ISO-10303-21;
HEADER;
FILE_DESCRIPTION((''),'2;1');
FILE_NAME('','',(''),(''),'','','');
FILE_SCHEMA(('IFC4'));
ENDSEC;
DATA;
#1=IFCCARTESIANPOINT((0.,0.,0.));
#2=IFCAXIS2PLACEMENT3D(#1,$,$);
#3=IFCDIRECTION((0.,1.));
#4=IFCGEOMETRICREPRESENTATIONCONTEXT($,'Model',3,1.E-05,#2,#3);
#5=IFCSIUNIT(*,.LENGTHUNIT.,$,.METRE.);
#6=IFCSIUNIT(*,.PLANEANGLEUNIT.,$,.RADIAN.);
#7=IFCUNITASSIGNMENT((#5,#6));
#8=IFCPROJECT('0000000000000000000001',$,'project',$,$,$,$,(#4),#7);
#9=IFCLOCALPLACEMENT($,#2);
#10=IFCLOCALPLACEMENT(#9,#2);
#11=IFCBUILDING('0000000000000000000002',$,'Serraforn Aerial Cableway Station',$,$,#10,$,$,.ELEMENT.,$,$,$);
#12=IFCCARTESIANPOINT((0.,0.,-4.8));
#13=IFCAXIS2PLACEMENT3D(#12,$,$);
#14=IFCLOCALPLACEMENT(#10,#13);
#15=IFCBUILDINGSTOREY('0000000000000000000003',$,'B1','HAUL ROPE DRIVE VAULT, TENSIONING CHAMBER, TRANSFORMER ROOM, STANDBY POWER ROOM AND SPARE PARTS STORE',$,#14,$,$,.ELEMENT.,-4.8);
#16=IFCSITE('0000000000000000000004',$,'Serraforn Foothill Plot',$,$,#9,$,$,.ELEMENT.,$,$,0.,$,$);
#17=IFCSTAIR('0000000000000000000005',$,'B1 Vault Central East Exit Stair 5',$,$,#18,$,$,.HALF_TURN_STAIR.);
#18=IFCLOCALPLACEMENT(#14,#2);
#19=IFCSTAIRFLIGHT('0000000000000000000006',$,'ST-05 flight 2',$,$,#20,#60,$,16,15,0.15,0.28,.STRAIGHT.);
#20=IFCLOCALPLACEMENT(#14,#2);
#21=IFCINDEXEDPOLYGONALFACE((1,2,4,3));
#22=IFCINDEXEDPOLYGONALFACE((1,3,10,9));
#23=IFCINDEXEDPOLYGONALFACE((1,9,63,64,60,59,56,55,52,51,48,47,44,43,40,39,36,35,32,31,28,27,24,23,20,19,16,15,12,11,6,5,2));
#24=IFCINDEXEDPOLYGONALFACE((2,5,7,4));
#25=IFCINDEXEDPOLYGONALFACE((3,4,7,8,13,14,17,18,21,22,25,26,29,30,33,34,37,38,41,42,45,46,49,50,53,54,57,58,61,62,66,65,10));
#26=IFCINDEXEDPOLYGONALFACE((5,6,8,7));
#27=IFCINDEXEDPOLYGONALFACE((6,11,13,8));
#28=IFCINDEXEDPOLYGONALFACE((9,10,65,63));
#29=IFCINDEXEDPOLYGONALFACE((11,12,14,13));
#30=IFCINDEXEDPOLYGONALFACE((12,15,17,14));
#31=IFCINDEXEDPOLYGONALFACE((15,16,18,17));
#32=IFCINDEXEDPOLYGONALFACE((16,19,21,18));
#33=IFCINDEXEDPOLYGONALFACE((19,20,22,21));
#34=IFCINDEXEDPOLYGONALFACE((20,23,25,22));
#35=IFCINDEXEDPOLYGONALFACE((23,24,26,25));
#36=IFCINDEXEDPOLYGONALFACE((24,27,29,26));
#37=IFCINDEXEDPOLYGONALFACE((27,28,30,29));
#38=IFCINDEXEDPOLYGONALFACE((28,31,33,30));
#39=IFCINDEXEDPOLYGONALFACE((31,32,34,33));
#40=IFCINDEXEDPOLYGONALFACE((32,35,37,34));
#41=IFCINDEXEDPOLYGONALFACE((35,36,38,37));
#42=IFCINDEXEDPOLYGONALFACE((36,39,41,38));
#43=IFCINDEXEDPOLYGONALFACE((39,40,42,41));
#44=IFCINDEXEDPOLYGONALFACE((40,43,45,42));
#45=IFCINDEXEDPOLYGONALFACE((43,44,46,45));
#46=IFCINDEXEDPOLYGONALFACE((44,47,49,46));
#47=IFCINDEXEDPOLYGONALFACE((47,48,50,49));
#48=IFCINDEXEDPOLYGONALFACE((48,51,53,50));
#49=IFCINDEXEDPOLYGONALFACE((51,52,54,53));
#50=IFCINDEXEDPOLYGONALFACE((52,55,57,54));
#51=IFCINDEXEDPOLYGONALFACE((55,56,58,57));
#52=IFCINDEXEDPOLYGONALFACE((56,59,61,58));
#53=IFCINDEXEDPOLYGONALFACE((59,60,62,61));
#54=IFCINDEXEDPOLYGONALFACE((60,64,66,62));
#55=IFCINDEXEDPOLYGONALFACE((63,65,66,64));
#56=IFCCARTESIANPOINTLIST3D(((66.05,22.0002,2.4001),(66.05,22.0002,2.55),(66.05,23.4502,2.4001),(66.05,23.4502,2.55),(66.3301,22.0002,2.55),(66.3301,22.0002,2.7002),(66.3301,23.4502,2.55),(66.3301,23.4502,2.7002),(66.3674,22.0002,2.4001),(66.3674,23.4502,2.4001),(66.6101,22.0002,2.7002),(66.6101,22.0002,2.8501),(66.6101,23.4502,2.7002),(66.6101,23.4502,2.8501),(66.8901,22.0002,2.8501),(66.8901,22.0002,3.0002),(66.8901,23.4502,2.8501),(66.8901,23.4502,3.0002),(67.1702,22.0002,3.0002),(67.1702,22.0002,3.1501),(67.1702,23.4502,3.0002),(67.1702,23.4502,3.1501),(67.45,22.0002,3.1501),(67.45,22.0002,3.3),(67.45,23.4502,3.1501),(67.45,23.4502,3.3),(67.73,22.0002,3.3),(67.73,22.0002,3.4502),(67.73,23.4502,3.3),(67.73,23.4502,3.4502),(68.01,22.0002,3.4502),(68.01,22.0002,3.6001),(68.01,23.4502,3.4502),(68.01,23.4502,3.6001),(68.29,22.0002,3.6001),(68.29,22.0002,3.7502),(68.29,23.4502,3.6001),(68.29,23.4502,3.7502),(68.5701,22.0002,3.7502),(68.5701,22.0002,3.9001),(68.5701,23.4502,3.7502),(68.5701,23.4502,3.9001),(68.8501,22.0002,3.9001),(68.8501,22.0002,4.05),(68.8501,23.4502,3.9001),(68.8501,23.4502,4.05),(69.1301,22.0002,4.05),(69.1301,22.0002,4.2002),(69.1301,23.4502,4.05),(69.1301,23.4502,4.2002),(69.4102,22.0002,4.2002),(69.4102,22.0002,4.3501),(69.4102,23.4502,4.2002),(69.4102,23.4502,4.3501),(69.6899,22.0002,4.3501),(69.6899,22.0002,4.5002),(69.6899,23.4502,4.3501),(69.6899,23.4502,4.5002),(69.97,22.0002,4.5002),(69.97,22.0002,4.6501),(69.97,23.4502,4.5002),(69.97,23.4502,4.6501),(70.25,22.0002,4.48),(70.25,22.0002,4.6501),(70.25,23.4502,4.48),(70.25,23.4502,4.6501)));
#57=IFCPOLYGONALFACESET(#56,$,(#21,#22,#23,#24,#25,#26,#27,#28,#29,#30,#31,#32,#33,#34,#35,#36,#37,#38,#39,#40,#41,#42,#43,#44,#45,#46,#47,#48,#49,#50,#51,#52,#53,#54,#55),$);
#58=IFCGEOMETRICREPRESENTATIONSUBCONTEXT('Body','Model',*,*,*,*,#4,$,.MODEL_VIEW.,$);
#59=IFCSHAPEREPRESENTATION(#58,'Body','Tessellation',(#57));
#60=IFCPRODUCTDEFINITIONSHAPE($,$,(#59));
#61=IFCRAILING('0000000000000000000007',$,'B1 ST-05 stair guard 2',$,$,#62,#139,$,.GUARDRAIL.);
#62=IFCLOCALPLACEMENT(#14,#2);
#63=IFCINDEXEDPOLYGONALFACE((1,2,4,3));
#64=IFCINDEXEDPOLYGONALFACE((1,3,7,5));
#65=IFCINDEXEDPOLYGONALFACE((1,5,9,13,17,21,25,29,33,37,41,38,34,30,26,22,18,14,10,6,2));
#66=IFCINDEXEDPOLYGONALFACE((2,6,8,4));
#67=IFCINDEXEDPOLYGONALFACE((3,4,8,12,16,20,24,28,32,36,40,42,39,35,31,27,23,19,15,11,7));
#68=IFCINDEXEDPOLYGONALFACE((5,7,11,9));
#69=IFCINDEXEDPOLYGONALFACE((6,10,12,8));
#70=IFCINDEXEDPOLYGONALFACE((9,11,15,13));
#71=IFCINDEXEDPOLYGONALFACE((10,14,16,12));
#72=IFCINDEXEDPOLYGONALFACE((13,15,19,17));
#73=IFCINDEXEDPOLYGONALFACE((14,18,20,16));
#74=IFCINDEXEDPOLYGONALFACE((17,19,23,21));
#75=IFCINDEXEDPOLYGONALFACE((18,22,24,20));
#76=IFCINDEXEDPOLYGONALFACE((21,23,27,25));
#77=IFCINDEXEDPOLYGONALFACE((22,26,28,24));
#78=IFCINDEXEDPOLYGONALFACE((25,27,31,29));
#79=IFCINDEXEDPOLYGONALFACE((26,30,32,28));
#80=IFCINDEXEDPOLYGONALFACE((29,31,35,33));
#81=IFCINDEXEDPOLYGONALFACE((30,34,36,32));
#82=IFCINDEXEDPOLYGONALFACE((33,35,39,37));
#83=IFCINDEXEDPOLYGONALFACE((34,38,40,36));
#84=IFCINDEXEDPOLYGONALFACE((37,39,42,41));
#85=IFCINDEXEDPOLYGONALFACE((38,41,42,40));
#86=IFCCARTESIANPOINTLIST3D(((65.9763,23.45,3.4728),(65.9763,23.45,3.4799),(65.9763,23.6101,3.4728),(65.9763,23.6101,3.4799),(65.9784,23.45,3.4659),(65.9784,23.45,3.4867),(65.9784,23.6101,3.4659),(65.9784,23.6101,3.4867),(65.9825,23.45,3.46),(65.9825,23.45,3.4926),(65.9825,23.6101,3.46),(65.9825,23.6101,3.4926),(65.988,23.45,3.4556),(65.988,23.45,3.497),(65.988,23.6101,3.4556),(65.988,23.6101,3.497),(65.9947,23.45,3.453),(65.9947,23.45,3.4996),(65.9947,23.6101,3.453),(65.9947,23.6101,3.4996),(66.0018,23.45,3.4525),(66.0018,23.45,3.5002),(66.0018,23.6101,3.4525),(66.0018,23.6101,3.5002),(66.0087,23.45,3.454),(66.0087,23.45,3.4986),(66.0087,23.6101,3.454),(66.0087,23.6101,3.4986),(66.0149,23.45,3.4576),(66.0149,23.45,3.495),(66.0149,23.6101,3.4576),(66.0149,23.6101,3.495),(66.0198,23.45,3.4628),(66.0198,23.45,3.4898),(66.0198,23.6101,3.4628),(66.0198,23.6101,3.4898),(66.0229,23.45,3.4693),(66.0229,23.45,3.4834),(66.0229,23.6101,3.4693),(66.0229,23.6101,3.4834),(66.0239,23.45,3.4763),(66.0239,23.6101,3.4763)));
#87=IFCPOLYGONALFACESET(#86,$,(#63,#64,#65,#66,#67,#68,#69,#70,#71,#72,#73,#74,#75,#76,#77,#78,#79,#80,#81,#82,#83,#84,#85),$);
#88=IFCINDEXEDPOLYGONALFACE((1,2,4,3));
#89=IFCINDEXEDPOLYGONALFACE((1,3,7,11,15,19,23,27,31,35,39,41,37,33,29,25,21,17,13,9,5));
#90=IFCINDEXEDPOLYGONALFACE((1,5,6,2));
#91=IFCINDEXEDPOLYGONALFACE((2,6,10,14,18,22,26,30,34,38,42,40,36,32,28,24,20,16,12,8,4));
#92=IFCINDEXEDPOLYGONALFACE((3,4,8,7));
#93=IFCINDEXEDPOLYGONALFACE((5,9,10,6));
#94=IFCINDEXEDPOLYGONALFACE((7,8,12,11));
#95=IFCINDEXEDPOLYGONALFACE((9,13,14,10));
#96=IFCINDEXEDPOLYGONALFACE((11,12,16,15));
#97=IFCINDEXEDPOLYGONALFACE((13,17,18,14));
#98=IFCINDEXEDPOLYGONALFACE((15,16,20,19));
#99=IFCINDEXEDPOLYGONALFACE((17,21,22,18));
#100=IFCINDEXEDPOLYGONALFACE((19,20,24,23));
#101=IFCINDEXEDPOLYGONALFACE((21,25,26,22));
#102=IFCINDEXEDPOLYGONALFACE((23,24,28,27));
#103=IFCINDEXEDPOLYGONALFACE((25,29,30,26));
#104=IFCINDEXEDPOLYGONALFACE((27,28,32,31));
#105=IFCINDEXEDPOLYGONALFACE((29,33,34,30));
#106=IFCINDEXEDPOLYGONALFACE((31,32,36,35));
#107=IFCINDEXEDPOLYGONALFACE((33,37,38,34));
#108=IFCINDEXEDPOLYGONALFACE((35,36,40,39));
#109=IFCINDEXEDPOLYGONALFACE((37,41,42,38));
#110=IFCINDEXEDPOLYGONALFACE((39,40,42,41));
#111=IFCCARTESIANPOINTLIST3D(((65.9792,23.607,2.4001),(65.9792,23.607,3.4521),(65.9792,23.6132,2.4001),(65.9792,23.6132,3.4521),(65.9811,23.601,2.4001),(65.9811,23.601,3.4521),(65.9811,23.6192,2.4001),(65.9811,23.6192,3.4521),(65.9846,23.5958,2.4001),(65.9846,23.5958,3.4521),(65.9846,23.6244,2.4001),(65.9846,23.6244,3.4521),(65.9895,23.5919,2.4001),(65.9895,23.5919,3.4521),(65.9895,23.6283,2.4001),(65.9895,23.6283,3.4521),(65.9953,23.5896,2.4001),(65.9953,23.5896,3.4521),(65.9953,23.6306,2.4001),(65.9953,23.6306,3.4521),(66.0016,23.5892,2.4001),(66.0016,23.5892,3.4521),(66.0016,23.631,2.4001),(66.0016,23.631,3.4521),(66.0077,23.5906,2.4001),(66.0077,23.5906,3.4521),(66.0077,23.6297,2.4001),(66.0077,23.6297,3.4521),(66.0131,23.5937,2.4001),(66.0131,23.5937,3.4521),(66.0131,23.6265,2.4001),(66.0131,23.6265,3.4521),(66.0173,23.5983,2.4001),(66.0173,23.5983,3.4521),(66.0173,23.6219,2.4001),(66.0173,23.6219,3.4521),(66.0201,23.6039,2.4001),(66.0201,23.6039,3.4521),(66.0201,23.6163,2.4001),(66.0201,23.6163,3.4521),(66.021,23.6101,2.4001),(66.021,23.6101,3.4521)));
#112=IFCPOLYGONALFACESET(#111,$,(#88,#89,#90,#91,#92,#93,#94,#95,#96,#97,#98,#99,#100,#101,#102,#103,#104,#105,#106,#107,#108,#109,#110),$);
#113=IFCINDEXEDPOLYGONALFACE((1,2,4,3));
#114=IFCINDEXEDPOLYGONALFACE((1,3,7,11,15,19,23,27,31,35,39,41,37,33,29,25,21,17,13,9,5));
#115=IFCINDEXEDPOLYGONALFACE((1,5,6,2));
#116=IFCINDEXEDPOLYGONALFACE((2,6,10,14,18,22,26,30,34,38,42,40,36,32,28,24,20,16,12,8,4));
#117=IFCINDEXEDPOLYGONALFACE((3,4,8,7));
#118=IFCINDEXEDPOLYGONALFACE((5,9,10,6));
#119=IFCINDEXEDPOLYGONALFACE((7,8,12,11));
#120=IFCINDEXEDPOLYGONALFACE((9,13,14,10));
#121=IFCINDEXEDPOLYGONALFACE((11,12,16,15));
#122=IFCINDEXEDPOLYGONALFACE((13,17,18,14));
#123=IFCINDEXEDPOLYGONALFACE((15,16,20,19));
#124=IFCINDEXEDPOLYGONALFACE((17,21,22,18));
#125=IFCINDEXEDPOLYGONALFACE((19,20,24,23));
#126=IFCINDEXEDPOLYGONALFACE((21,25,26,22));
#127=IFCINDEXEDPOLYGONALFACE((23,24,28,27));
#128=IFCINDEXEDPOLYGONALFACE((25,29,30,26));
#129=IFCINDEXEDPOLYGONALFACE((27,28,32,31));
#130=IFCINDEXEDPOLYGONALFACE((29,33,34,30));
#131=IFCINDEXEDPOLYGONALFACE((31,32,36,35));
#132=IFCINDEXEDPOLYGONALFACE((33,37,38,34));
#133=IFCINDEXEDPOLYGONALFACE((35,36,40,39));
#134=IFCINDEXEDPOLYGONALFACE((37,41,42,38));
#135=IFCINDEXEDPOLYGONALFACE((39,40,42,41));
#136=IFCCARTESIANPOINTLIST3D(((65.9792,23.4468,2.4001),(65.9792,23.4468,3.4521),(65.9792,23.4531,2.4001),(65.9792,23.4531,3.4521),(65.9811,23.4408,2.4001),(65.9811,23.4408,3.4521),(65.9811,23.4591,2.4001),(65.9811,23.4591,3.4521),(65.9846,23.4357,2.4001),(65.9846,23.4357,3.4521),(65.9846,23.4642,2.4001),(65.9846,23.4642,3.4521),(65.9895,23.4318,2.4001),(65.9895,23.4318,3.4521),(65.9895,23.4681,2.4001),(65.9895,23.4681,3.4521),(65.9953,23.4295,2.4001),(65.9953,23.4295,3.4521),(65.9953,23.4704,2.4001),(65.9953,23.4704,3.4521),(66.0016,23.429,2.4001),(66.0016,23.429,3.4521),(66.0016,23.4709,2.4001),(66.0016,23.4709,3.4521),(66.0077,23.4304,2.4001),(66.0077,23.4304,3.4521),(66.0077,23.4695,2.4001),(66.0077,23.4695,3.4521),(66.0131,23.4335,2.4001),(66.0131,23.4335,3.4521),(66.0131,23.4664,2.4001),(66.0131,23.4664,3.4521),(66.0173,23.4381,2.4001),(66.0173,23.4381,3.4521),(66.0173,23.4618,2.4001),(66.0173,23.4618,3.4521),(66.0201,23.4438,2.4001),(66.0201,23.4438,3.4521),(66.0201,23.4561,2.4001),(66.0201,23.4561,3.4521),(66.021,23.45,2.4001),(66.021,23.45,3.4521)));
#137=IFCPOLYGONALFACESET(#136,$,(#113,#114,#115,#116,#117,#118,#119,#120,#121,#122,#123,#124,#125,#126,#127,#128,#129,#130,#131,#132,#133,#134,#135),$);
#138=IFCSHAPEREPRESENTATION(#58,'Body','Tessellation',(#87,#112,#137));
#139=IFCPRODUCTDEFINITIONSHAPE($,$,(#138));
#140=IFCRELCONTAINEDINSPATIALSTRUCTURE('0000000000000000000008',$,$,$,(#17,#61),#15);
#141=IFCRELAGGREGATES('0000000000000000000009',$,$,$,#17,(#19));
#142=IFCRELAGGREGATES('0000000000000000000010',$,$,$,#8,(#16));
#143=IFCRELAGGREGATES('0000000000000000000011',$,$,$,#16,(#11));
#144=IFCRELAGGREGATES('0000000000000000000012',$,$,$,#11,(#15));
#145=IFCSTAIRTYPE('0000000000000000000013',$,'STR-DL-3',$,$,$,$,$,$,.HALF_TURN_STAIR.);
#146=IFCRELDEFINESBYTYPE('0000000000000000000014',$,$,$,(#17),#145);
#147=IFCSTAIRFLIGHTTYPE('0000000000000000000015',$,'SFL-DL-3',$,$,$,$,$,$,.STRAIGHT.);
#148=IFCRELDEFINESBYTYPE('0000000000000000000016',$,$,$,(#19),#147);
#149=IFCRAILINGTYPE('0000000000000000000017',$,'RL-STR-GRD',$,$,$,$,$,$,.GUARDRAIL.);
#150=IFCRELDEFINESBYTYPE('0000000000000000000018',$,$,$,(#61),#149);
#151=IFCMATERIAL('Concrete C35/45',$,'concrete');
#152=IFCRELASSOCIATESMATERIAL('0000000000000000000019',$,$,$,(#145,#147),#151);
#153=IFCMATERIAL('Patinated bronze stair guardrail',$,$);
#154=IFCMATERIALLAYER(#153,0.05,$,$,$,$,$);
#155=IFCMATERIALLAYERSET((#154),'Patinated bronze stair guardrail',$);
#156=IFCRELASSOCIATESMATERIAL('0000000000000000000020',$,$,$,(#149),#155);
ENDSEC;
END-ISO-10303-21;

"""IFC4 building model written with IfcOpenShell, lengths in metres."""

from ifc_helpers import new_model, si_unit, direction, frame, origin, origin_2d, place, context, subcontext, project, spatial, polyline, circle, outline, extrude, material, layer, layer_set, type_object, element, aggregate, save


model = new_model("IFC4")

# Units and contexts
model_context = context("Model", 3, precision=1e-05, world=origin(), true_north=direction((0.0, 1.0)))
body_context = subcontext(model_context, "Body", "Model", "MODEL_VIEW")
ifc_project = project(units=[si_unit("LENGTHUNIT", "METRE"), si_unit("PLANEANGLEUNIT", "RADIAN")], contexts=[model_context])

# Site, building, storey
site_placement = place(None, origin())
site = spatial("IfcSite", under=ifc_project, at=site_placement, Name="Serraforn Foothill Plot", CompositionType="ELEMENT", RefElevation=0.0)
building_placement = place(site_placement, origin())
building = spatial("IfcBuilding", under=site, at=building_placement, Name="Serraforn Aerial Cableway Station", CompositionType="ELEMENT")
storey_placement = place(building_placement, frame((0.0, 0.0, -4.8)))
storey = spatial("IfcBuildingStorey", under=building, at=storey_placement, Name="B1", Description="HAUL ROPE DRIVE VAULT, TENSIONING CHAMBER, TRANSFORMER ROOM, STANDBY POWER ROOM AND SPARE PARTS STORE", CompositionType="ELEMENT", Elevation=-4.8)

# Shared definitions
ifc_material_1 = material(Name="Concrete C35/45", Category="concrete")

# Stair, stair flight
stair_type = type_object("IfcStairType", Name="STR-DL-3", PredefinedType="HALF_TURN_STAIR", material=ifc_material_1)
stair_placement = place(storey_placement, origin())
stair = element("IfcStair", 1, at=stair_placement, inside=storey, type_object=stair_type, Name="B1 Vault Central East Exit Stair 5", PredefinedType="HALF_TURN_STAIR")
stair_flight_type = type_object("IfcStairFlightType", Name="SFL-DL-3", PredefinedType="STRAIGHT", material=ifc_material_1)
stair_flight_placement = place(storey_placement, frame((66.05, 22.7251, 2.4001), z_axis=(0.0, 0.0, 1.0), x_axis=(1.0, 0.0, 0.0)))
stair_flight = element("IfcStairFlight", 2, at=stair_flight_placement, type_object=stair_flight_type, Name="ST-05 flight 2", NumberOfRisers=16, NumberOfTreads=15, PredefinedType="STRAIGHT", RiserHeight=0.15, TreadLength=0.28, context=body_context, shape_type="SweptSolid", body=[
    extrude(outline(polyline([(0.0, 0.0), (0.0, 0.1499), (0.28, 0.1499), (0.28, 0.3), (0.5601, 0.3), (0.5601, 0.45), (0.8401, 0.45), (0.8401, 0.6001), (1.1201, 0.6001), (1.1201, 0.75), (1.3999, 0.75), (1.3999, 0.8999), (1.6799, 0.8999), (1.6799, 1.05), (1.96, 1.05), (1.96, 1.2), (2.24, 1.2), (2.24, 1.3501), (2.52, 1.3501), (2.52, 1.5), (2.8, 1.5), (2.8, 1.6499), (3.0801, 1.6499), (3.0801, 1.8), (3.3601, 1.8), (3.3601, 1.95), (3.6399, 1.95), (3.6399, 2.1001), (3.9199, 2.1001), (3.9199, 2.25), (4.2, 2.25), (4.2, 2.3999), (4.2, 2.0798), (0.3174, 0.0), (0.0, 0.0)])), frame((0.0, 0.7251, 0.0), z_axis=(0.0, -1.0, 0.0), x_axis=(1.0, 0.0, 0.0)), (0.0, 0.0, 1.0), 1.45),
])
aggregate(stair, [stair_flight])

# Railing
ifc_material_2 = material(Name="Patinated bronze stair guardrail")
ifc_layer_1 = layer(ifc_material_2, 0.05)
ifc_layer_set_1 = layer_set([ifc_layer_1], Name="Patinated bronze stair guardrail")
railing_type_1 = type_object("IfcRailingType", Name="RL-STR-GRD", PredefinedType="GUARDRAIL", material=ifc_layer_set_1)
railing_1_placement = place(storey_placement, frame((66.0, 23.6101, 2.4001)))
element("IfcRailing", 3, at=railing_1_placement, inside=storey, type_object=railing_type_1, Name="B1 ST-05 stair guard 2", PredefinedType="GUARDRAIL", context=body_context, shape_type="SweptSolid", body=[
    extrude(circle(Radius=0.0239, at=origin_2d()), frame((0.0, 0.0, 1.0762), z_axis=(0.0, -1.0, 0.0), x_axis=(1.0, 0.0, 0.0)), (0.0, 0.0, 1.0), 0.1602),
    extrude(circle(Radius=0.021, at=origin_2d()), origin(), (0.0, 0.0, 1.0), 1.052),
    extrude(circle(Radius=0.021, at=origin_2d()), frame((0.0, -0.1602, 0.0)), (0.0, 0.0, 1.0), 1.052),
])

save(model, "model.ifc")
